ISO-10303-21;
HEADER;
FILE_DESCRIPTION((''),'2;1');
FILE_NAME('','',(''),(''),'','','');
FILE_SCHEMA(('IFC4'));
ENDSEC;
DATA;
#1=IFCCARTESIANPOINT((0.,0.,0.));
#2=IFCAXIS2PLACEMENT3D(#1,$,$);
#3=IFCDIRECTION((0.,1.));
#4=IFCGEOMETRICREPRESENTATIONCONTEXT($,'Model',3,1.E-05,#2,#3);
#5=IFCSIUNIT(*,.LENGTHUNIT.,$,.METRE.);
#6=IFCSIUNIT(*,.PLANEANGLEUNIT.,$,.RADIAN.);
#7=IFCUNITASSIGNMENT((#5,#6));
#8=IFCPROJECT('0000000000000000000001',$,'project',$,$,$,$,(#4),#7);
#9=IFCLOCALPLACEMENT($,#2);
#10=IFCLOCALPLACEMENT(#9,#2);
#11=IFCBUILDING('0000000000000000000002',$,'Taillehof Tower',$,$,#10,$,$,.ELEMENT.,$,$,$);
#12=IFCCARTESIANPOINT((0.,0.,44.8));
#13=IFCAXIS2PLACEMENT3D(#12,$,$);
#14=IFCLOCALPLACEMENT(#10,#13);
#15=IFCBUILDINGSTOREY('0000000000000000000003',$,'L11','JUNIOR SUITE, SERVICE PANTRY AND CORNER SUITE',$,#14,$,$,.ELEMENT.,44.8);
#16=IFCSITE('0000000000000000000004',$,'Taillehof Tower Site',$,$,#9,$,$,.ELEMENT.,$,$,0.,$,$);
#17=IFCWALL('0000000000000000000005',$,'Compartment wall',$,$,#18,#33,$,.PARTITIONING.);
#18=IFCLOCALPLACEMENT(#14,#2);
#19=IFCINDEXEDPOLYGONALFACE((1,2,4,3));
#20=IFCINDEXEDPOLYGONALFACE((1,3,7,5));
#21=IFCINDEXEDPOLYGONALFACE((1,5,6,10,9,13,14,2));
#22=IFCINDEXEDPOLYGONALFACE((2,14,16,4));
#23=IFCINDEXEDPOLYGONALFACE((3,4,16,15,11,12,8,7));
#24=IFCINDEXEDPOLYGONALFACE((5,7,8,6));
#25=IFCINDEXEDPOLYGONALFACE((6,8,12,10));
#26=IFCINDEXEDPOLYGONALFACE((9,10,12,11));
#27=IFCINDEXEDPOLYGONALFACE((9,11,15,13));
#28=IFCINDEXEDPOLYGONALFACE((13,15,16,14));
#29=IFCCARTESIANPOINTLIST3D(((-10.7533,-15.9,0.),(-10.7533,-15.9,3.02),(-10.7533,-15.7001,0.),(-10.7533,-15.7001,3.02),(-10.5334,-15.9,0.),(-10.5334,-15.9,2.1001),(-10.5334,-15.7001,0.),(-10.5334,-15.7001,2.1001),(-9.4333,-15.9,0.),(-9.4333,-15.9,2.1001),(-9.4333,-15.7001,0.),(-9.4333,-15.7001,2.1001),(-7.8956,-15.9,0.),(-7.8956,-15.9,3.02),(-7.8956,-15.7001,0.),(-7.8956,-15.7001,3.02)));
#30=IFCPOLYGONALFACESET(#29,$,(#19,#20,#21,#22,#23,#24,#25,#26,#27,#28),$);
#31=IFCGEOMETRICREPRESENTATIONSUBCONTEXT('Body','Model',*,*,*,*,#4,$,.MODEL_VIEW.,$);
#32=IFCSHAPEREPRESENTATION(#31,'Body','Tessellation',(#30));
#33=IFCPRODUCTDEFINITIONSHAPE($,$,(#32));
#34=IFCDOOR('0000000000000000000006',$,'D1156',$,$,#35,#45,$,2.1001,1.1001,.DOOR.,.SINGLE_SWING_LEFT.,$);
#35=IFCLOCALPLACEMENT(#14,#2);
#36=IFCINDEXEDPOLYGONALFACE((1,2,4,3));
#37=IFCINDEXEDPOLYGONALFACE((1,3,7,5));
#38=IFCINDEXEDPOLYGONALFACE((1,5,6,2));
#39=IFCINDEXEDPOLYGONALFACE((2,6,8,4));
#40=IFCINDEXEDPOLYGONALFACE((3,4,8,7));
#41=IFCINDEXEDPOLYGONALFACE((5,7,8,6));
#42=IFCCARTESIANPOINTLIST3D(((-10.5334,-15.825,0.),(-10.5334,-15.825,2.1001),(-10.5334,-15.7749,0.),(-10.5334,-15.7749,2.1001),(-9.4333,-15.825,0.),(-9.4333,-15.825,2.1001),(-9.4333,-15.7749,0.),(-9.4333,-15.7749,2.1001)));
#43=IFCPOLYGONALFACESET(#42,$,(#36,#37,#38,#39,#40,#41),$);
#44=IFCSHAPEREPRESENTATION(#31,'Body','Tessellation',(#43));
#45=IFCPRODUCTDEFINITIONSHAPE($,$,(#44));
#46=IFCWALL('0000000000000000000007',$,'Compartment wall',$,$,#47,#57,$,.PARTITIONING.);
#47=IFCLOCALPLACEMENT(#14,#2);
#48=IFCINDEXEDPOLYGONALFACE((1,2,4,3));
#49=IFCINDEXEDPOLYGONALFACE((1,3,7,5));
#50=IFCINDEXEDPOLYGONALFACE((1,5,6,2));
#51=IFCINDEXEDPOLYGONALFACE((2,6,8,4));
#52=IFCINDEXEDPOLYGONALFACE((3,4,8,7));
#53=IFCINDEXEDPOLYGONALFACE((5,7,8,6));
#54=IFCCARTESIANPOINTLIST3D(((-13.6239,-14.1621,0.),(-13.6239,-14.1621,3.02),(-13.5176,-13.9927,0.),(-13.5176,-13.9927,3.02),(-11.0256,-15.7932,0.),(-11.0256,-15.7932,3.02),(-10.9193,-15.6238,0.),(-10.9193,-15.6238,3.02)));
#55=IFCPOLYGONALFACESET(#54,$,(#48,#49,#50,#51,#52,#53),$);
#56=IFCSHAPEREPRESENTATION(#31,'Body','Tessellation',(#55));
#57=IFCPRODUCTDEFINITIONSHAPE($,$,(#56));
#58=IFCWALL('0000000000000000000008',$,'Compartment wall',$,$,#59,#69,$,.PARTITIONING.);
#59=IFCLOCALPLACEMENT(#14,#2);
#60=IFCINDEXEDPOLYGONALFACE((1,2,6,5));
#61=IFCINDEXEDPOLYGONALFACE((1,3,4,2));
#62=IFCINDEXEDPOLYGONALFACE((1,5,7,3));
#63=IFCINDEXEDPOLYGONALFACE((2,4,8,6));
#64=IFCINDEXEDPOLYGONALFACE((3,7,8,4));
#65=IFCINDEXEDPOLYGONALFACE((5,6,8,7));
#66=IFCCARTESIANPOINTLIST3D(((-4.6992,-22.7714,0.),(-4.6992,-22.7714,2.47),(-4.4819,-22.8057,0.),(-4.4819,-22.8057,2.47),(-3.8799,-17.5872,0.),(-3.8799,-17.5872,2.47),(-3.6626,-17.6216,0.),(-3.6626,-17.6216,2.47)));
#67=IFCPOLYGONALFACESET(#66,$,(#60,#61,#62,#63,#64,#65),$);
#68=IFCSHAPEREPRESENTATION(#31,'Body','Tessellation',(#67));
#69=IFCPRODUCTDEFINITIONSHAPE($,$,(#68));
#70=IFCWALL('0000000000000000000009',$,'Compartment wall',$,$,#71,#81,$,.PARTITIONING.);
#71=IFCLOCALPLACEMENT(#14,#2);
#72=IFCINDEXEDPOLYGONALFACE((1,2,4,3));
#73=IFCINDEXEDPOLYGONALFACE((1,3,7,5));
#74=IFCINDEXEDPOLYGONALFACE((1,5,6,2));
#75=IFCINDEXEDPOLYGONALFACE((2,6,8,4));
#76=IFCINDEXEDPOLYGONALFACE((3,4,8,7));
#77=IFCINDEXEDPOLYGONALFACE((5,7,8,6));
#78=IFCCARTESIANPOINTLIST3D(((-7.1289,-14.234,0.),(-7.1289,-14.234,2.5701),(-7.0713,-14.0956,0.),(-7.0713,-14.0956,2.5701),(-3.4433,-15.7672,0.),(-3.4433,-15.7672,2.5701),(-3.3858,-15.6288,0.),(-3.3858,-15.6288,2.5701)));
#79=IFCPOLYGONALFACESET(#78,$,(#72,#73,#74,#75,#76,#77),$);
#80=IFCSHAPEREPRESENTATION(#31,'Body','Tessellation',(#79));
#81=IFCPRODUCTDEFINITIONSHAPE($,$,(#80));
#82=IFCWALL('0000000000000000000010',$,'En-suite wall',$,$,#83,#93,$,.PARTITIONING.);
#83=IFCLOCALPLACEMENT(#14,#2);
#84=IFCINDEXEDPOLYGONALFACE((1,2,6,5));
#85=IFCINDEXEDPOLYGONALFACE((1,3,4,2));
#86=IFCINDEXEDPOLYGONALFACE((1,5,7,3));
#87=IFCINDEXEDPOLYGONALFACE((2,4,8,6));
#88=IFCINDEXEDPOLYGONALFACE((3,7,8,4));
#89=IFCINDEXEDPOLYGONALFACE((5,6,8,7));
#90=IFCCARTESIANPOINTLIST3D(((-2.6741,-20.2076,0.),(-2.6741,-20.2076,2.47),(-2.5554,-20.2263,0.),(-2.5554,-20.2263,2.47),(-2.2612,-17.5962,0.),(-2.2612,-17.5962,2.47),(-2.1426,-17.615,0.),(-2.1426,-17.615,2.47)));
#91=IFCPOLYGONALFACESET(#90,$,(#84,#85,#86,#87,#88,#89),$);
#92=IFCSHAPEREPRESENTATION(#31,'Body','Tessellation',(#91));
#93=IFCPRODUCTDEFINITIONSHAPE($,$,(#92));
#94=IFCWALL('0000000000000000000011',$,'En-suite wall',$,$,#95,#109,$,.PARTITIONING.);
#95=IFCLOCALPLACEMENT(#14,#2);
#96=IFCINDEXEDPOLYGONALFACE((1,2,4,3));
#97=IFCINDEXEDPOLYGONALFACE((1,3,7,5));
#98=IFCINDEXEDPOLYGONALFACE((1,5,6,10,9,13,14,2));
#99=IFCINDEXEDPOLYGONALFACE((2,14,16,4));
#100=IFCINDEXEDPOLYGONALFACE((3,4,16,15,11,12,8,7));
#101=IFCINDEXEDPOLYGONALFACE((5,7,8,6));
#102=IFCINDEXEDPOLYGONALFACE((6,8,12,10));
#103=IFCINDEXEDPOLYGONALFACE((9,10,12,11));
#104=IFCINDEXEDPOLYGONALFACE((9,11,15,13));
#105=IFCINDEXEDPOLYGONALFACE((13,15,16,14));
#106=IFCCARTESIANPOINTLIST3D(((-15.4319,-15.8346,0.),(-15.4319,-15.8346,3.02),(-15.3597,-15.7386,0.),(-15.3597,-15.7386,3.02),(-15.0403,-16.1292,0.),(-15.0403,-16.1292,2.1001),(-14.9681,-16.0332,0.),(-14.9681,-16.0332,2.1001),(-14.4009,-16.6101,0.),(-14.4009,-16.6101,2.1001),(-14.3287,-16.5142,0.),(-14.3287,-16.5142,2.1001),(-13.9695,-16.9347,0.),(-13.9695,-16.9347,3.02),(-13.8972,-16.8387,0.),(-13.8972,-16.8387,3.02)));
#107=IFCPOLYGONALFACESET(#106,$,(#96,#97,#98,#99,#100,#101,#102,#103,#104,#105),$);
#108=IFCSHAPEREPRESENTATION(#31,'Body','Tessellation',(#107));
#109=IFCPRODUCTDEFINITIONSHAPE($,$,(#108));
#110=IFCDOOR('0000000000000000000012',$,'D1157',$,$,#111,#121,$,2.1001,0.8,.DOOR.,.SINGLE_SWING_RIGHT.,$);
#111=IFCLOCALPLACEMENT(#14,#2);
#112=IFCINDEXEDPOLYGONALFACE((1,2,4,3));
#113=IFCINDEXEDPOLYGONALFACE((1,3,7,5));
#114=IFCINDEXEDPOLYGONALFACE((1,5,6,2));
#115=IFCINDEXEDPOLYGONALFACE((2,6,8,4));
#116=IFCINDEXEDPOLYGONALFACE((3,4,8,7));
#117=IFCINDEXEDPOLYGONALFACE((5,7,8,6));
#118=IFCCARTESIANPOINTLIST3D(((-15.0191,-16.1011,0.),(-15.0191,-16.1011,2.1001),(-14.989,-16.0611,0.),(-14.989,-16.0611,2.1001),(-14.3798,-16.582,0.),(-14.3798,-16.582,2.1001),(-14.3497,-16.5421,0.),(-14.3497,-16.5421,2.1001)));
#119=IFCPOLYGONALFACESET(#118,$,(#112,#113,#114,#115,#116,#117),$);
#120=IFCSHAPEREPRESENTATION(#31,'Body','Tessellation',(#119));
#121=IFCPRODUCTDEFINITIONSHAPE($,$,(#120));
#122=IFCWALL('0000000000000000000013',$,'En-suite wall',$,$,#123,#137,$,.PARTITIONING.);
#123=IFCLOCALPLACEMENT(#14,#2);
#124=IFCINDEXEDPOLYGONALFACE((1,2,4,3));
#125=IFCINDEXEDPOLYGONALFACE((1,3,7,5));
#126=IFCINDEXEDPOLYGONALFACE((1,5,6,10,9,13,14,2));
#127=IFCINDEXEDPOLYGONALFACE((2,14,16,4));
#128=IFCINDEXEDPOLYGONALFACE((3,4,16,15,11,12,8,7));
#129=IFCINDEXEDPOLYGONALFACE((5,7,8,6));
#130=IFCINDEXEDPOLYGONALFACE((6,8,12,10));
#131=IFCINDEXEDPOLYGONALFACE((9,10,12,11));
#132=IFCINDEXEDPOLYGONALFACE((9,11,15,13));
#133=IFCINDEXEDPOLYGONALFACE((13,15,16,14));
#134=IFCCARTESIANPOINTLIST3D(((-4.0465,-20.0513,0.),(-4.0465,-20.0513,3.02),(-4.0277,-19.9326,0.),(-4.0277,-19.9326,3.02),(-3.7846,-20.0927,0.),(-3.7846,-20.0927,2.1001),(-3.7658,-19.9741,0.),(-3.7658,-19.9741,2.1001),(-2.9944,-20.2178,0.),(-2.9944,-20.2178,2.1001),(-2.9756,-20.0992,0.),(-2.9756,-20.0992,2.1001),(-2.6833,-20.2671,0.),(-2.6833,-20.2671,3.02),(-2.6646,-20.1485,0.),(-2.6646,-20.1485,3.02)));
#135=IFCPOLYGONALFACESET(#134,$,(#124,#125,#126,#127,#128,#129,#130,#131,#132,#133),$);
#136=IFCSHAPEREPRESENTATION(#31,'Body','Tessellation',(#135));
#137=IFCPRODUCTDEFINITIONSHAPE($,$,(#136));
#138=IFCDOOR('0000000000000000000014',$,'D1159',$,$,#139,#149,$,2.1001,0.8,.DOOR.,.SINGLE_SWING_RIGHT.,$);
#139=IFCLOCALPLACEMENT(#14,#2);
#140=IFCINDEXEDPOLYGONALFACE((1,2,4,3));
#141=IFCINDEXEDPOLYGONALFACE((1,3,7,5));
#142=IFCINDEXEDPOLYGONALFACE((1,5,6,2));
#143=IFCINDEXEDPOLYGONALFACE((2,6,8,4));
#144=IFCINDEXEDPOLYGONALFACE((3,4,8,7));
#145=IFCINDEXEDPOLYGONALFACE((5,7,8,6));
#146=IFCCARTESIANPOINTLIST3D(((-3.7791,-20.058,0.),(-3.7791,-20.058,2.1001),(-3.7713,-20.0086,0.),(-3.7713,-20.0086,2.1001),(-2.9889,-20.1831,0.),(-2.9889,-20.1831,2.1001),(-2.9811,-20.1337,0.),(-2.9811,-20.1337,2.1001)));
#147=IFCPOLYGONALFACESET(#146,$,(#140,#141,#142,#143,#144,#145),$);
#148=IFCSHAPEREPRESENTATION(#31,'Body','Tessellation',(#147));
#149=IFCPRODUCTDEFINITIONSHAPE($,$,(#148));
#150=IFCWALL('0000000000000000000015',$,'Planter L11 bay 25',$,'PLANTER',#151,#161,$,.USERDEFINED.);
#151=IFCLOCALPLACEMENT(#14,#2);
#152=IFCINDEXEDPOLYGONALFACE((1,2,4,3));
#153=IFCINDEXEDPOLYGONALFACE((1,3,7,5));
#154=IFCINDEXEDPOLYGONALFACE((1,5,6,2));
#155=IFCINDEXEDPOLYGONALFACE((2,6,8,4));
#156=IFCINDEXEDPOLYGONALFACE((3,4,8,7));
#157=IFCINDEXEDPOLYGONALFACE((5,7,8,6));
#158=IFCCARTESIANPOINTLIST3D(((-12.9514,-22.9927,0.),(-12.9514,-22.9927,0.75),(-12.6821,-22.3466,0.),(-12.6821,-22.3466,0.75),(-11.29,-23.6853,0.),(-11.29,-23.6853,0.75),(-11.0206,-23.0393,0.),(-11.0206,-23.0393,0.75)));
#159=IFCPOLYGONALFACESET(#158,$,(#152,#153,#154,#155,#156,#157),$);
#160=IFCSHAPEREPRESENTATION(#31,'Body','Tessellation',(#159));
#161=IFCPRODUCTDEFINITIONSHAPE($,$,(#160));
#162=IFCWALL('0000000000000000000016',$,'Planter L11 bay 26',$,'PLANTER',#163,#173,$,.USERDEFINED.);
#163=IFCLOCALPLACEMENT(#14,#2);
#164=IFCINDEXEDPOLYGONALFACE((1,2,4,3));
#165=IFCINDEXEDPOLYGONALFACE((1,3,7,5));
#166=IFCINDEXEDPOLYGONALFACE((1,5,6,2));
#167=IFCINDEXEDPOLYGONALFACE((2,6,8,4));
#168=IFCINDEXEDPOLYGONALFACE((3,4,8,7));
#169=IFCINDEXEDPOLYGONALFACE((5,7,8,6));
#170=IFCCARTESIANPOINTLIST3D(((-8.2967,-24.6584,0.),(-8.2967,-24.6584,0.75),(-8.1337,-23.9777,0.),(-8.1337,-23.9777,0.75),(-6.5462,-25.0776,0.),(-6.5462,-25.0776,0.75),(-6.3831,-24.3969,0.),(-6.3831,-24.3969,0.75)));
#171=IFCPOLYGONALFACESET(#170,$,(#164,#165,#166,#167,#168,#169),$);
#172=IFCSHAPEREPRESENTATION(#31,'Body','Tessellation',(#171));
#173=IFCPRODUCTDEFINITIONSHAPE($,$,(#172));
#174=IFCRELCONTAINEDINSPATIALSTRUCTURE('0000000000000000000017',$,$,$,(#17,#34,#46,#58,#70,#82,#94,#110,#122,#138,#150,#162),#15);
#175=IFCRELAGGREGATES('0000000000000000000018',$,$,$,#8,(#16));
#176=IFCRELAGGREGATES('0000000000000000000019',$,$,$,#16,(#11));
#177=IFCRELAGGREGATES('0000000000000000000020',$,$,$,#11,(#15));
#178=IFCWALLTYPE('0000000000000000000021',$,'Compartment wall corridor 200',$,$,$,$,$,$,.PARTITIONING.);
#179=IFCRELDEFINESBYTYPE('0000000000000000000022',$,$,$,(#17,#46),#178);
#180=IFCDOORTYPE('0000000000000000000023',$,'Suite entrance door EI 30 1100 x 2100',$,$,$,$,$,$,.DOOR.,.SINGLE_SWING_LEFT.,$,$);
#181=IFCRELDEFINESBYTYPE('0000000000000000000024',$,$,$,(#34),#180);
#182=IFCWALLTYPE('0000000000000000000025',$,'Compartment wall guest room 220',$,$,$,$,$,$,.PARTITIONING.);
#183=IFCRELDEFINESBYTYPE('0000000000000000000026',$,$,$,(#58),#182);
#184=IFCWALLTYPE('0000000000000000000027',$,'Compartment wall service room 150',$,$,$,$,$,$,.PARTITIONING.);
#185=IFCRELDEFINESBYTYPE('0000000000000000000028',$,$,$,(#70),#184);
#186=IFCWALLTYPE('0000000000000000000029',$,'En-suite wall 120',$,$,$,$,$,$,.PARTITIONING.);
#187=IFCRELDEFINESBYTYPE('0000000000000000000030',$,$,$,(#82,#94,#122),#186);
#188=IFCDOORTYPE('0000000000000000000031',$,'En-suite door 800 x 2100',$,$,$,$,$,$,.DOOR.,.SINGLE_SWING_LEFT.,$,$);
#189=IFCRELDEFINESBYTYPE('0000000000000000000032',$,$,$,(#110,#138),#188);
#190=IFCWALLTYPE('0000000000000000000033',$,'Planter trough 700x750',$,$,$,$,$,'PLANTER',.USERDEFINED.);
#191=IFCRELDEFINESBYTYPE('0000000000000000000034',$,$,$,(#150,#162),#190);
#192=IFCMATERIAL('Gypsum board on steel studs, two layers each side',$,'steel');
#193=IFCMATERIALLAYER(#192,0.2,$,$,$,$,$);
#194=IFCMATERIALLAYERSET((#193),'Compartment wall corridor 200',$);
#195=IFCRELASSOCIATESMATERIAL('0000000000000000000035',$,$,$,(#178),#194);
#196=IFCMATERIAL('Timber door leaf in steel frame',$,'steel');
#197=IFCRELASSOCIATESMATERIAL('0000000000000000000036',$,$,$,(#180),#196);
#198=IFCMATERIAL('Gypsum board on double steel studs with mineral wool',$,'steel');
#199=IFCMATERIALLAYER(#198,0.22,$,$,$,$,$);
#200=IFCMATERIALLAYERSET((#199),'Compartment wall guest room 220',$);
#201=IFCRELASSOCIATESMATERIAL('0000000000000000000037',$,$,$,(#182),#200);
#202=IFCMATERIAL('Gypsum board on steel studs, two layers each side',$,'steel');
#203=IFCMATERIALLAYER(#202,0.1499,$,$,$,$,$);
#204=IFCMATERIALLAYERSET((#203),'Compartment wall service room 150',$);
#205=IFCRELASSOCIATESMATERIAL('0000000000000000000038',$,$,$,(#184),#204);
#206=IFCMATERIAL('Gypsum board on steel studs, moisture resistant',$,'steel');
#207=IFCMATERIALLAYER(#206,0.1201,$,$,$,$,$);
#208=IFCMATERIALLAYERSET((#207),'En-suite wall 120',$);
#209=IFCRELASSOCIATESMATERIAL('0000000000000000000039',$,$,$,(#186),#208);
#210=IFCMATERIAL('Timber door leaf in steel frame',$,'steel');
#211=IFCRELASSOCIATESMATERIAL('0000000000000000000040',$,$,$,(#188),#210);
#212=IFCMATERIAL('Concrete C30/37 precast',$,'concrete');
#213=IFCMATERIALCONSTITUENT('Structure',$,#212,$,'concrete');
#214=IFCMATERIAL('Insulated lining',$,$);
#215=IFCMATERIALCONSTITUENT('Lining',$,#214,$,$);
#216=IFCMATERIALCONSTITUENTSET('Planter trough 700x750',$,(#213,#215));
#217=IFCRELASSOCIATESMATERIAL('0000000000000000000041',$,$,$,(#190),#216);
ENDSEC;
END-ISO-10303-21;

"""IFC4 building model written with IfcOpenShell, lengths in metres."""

from ifc_helpers import new_model, si_unit, direction, frame, frame_2d, origin, place, context, subcontext, project, spatial, rectangle, extrude, material, layer, layer_set, constituent, constituent_set, type_object, element, fill, save


model = new_model("IFC4")

# Units and contexts
model_context = context("Model", 3, precision=1e-05, world=origin(), true_north=direction((0.0, 1.0)))
body_context = subcontext(model_context, "Body", "Model", "MODEL_VIEW")
ifc_project = project(units=[si_unit("LENGTHUNIT", "METRE"), si_unit("PLANEANGLEUNIT", "RADIAN")], contexts=[model_context])

# Site, building, storey
site_placement = place(None, origin())
site = spatial("IfcSite", under=ifc_project, at=site_placement, Name="Taillehof Tower Site", CompositionType="ELEMENT", RefElevation=0.0)
building_placement = place(site_placement, origin())
building = spatial("IfcBuilding", under=site, at=building_placement, Name="Taillehof Tower", CompositionType="ELEMENT")
storey_placement = place(building_placement, frame((0.0, 0.0, 44.8)))
storey = spatial("IfcBuildingStorey", under=building, at=storey_placement, Name="L11", Description="JUNIOR SUITE, SERVICE PANTRY AND CORNER SUITE", CompositionType="ELEMENT", Elevation=44.8)

# Shared definitions
ifc_material_1 = material(Name="Gypsum board on steel studs, two layers each side", Category="steel")
ifc_layer_1 = layer(ifc_material_1, 0.2)
ifc_layer_set_1 = layer_set([ifc_layer_1], Name="Compartment wall corridor 200")
wall_type_1 = type_object("IfcWallType", Name="Compartment wall corridor 200", PredefinedType="PARTITIONING", material=ifc_layer_set_1)

# Wall, opening, door
wall_1_placement = place(storey_placement, frame((-7.8958, -15.8, 0.0), z_axis=(0.0, 0.0, 1.0), x_axis=(-1.0, 0.0, 0.0)))
wall_1 = element("IfcWall", 1, at=wall_1_placement, inside=storey, type_object=wall_type_1, Name="Compartment wall", PredefinedType="PARTITIONING", context=body_context, shape_type="SweptSolid", body=[
    extrude(rectangle(XDim=2.8577, YDim=0.2, at=frame_2d((1.4287, 0.0))), origin(), (0.0, 0.0, 1.0), 3.02),
])
opening_1_placement = place(wall_1_placement, frame((1.5376, 0.0, 0.0)))
opening_1 = element("IfcOpeningElement", 2, at=opening_1_placement, cuts=wall_1, PredefinedType="OPENING", context=body_context, shape_type="SweptSolid", body=[
    extrude(rectangle(XDim=1.1001, YDim=2.1001, at=frame_2d((0.55, 1.05))), frame((0.0, 0.1099, 0.0), z_axis=(0.0, -1.0, 0.0), x_axis=(1.0, 0.0, 0.0)), (0.0, 0.0, 1.0), 0.22),
])
ifc_material_2 = material(Name="Timber door leaf in steel frame", Category="steel")
door_type_1 = type_object("IfcDoorType", Name="Suite entrance door EI 30 1100 x 2100", OperationType="SINGLE_SWING_LEFT", PredefinedType="DOOR", material=ifc_material_2)
door_1_placement = place(opening_1_placement, origin())
door_1 = element("IfcDoor", 3, at=door_1_placement, inside=storey, type_object=door_type_1, Name="D1156", OperationType="SINGLE_SWING_LEFT", OverallHeight=2.1001, OverallWidth=1.1001, PredefinedType="DOOR", context=body_context, shape_type="SweptSolid", body=[
    extrude(rectangle(XDim=1.1001, YDim=2.1001, at=frame_2d((0.55, 1.05))), frame((0.0, 0.0249, 0.0), z_axis=(0.0, -1.0, 0.0), x_axis=(1.0, 0.0, 0.0)), (0.0, 0.0, 1.0), 0.05),
])
fill(opening_1, door_1)

# Walls
wall_2_placement = place(storey_placement, frame((-10.9724, -15.7085, 0.0), z_axis=(0.0, 0.0, 1.0), x_axis=(-0.846955, 0.531665, 0.0)))
element("IfcWall", 4, at=wall_2_placement, inside=storey, type_object=wall_type_1, Name="Compartment wall", PredefinedType="PARTITIONING", context=body_context, shape_type="SweptSolid", body=[
    extrude(rectangle(XDim=3.0679, YDim=0.2, at=frame_2d((1.5339, 0.0))), origin(), (0.0, 0.0, 1.0), 3.02),
])
ifc_material_3 = material(Name="Gypsum board on double steel studs with mineral wool", Category="steel")
ifc_layer_2 = layer(ifc_material_3, 0.22)
ifc_layer_set_2 = layer_set([ifc_layer_2], Name="Compartment wall guest room 220")
wall_type_2 = type_object("IfcWallType", Name="Compartment wall guest room 220", PredefinedType="PARTITIONING", material=ifc_layer_set_2)
wall_3_placement = place(storey_placement, frame((-4.5906, -22.7886, 0.0), z_axis=(0.0, 0.0, 1.0), x_axis=(0.156111, 0.98774, 0.0)))
element("IfcWall", 5, at=wall_3_placement, inside=storey, type_object=wall_type_2, Name="Compartment wall", PredefinedType="PARTITIONING", context=body_context, shape_type="SweptSolid", body=[
    extrude(rectangle(XDim=5.2485, YDim=0.22, at=frame_2d((2.6243, 0.0))), origin(), (0.0, 0.0, 1.0), 2.47),
])
ifc_material_4 = material(Name="Gypsum board on steel studs, two layers each side", Category="steel")
ifc_layer_3 = layer(ifc_material_4, 0.1499)
ifc_layer_set_3 = layer_set([ifc_layer_3], Name="Compartment wall service room 150")
wall_type_3 = type_object("IfcWallType", Name="Compartment wall service room 150", PredefinedType="PARTITIONING", material=ifc_layer_set_3)
wall_4_placement = place(storey_placement, frame((-3.4146, -15.698, 0.0), z_axis=(0.0, 0.0, 1.0), x_axis=(-0.923294, 0.384094, 0.0)))
element("IfcWall", 6, at=wall_4_placement, inside=storey, type_object=wall_type_3, Name="Compartment wall", PredefinedType="PARTITIONING", context=body_context, shape_type="SweptSolid", body=[
    extrude(rectangle(XDim=3.9917, YDim=0.1499, at=frame_2d((1.9958, 0.0))), origin(), (0.0, 0.0, 1.0), 2.5701),
])
ifc_material_5 = material(Name="Gypsum board on steel studs, moisture resistant", Category="steel")
ifc_layer_4 = layer(ifc_material_5, 0.1201)
ifc_layer_set_4 = layer_set([ifc_layer_4], Name="En-suite wall 120")
wall_type_4 = type_object("IfcWallType", Name="En-suite wall 120", PredefinedType="PARTITIONING", material=ifc_layer_set_4)
wall_5_placement = place(storey_placement, frame((-2.2019, -17.6057, 0.0), z_axis=(0.0, 0.0, 1.0), x_axis=(-0.156157, -0.987732, 0.0)))
element("IfcWall", 7, at=wall_5_placement, inside=storey, type_object=wall_type_4, Name="En-suite wall", PredefinedType="PARTITIONING", context=body_context, shape_type="SweptSolid", body=[
    extrude(rectangle(XDim=2.6438, YDim=0.1201, at=frame_2d((1.3218, 0.0))), origin(), (0.0, 0.0, 1.0), 2.47),
])

# Walls, openings, doors
wall_6_placement = place(storey_placement, frame((-13.9333, -16.8867, 0.0), z_axis=(0.0, 0.0, 1.0), x_axis=(-0.799135, 0.601152, 0.0)))
wall_6 = element("IfcWall", 8, at=wall_6_placement, inside=storey, type_object=wall_type_4, Name="En-suite wall", PredefinedType="PARTITIONING", context=body_context, shape_type="SweptSolid", body=[
    extrude(rectangle(XDim=1.8301, YDim=0.1201, at=frame_2d((0.915, 0.0))), origin(), (0.0, 0.0, 1.0), 3.02),
])
opening_2_placement = place(wall_6_placement, frame((0.54, 0.0, 0.0)))
opening_2 = element("IfcOpeningElement", 9, at=opening_2_placement, cuts=wall_6, PredefinedType="OPENING", context=body_context, shape_type="SweptSolid", body=[
    extrude(rectangle(XDim=0.8, YDim=2.1001, at=frame_2d((0.3999, 1.05))), frame((0.0, 0.0701, 0.0), z_axis=(0.0, -1.0, 0.0), x_axis=(1.0, 0.0, 0.0)), (0.0, 0.0, 1.0), 0.1401),
])
ifc_material_6 = material(Name="Timber door leaf in steel frame", Category="steel")
door_type_2 = type_object("IfcDoorType", Name="En-suite door 800 x 2100", OperationType="SINGLE_SWING_LEFT", PredefinedType="DOOR", material=ifc_material_6)
door_2_placement = place(opening_2_placement, origin())
door_2 = element("IfcDoor", 10, at=door_2_placement, inside=storey, type_object=door_type_2, Name="D1157", OperationType="SINGLE_SWING_RIGHT", OverallHeight=2.1001, OverallWidth=0.8, PredefinedType="DOOR", context=body_context, shape_type="SweptSolid", body=[
    extrude(rectangle(XDim=0.8, YDim=2.1001, at=frame_2d((0.3999, 1.05))), frame((0.0, 0.0249, 0.0), z_axis=(0.0, -1.0, 0.0), x_axis=(1.0, 0.0, 0.0)), (0.0, 0.0, 1.0), 0.05),
])
fill(opening_2, door_2)
wall_7_placement = place(storey_placement, frame((-2.6741, -20.2078, 0.0), z_axis=(0.0, 0.0, 1.0), x_axis=(-0.987695, 0.15639, 0.0)))
wall_7 = element("IfcWall", 11, at=wall_7_placement, inside=storey, type_object=wall_type_4, Name="En-suite wall", PredefinedType="PARTITIONING", context=body_context, shape_type="SweptSolid", body=[
    extrude(rectangle(XDim=1.3801, YDim=0.1201, at=frame_2d((0.6899, 0.0))), origin(), (0.0, 0.0, 1.0), 3.02),
])
opening_3_placement = place(wall_7_placement, frame((0.3149, 0.0, 0.0)))
opening_3 = element("IfcOpeningElement", 12, at=opening_3_placement, cuts=wall_7, PredefinedType="OPENING", context=body_context, shape_type="SweptSolid", body=[
    extrude(rectangle(XDim=0.8, YDim=2.1001, at=frame_2d((0.3999, 1.05))), frame((0.0, 0.0701, 0.0), z_axis=(0.0, -1.0, 0.0), x_axis=(1.0, 0.0, 0.0)), (0.0, 0.0, 1.0), 0.1401),
])
door_3_placement = place(opening_3_placement, origin())
door_3 = element("IfcDoor", 13, at=door_3_placement, inside=storey, type_object=door_type_2, Name="D1159", OperationType="SINGLE_SWING_RIGHT", OverallHeight=2.1001, OverallWidth=0.8, PredefinedType="DOOR", context=body_context, shape_type="SweptSolid", body=[
    extrude(rectangle(XDim=0.8, YDim=2.1001, at=frame_2d((0.3999, 1.05))), frame((0.0, 0.0249, 0.0), z_axis=(0.0, -1.0, 0.0), x_axis=(1.0, 0.0, 0.0)), (0.0, 0.0, 1.0), 0.05),
])
fill(opening_3, door_3)

# Walls
ifc_material_7 = material(Name="Concrete C30/37 precast", Category="concrete")
ifc_constituent_1 = constituent(ifc_material_7, Name="Structure", Category="concrete")
ifc_material_8 = material(Name="Insulated lining")
ifc_constituent_2 = constituent(ifc_material_8, Name="Lining")
ifc_constituent_set = constituent_set(constituents=[ifc_constituent_1, ifc_constituent_2], Name="Planter trough 700x750")
wall_type_5 = type_object("IfcWallType", Name="Planter trough 700x750", ElementType="PLANTER", PredefinedType="USERDEFINED", material=ifc_constituent_set)
for number, where, z_axis, x_axis, name in (
    (14, (-12.8167, -22.6697, 0.0), (0.0, 0.0, 1.0), (0.923001, -0.384798, 0.0), "Planter L11 bay 25"),
    (15, (-8.2151, -24.3181, 0.0), (0.0, 0.0, 1.0), (0.972504, -0.232886, 0.0), "Planter L11 bay 26"),
):
    element("IfcWall", number, at=place(storey_placement, frame(where, z_axis=z_axis, x_axis=x_axis)), inside=storey, type_object=wall_type_5, Name=name, ObjectType="PLANTER", PredefinedType="USERDEFINED", context=body_context, shape_type="SweptSolid", body=[
        extrude(rectangle(XDim=1.8, YDim=0.7, at=frame_2d((0.8999, 0.0))), origin(), (0.0, 0.0, 1.0), 0.75),
    ])

save(model, "model.ifc")
